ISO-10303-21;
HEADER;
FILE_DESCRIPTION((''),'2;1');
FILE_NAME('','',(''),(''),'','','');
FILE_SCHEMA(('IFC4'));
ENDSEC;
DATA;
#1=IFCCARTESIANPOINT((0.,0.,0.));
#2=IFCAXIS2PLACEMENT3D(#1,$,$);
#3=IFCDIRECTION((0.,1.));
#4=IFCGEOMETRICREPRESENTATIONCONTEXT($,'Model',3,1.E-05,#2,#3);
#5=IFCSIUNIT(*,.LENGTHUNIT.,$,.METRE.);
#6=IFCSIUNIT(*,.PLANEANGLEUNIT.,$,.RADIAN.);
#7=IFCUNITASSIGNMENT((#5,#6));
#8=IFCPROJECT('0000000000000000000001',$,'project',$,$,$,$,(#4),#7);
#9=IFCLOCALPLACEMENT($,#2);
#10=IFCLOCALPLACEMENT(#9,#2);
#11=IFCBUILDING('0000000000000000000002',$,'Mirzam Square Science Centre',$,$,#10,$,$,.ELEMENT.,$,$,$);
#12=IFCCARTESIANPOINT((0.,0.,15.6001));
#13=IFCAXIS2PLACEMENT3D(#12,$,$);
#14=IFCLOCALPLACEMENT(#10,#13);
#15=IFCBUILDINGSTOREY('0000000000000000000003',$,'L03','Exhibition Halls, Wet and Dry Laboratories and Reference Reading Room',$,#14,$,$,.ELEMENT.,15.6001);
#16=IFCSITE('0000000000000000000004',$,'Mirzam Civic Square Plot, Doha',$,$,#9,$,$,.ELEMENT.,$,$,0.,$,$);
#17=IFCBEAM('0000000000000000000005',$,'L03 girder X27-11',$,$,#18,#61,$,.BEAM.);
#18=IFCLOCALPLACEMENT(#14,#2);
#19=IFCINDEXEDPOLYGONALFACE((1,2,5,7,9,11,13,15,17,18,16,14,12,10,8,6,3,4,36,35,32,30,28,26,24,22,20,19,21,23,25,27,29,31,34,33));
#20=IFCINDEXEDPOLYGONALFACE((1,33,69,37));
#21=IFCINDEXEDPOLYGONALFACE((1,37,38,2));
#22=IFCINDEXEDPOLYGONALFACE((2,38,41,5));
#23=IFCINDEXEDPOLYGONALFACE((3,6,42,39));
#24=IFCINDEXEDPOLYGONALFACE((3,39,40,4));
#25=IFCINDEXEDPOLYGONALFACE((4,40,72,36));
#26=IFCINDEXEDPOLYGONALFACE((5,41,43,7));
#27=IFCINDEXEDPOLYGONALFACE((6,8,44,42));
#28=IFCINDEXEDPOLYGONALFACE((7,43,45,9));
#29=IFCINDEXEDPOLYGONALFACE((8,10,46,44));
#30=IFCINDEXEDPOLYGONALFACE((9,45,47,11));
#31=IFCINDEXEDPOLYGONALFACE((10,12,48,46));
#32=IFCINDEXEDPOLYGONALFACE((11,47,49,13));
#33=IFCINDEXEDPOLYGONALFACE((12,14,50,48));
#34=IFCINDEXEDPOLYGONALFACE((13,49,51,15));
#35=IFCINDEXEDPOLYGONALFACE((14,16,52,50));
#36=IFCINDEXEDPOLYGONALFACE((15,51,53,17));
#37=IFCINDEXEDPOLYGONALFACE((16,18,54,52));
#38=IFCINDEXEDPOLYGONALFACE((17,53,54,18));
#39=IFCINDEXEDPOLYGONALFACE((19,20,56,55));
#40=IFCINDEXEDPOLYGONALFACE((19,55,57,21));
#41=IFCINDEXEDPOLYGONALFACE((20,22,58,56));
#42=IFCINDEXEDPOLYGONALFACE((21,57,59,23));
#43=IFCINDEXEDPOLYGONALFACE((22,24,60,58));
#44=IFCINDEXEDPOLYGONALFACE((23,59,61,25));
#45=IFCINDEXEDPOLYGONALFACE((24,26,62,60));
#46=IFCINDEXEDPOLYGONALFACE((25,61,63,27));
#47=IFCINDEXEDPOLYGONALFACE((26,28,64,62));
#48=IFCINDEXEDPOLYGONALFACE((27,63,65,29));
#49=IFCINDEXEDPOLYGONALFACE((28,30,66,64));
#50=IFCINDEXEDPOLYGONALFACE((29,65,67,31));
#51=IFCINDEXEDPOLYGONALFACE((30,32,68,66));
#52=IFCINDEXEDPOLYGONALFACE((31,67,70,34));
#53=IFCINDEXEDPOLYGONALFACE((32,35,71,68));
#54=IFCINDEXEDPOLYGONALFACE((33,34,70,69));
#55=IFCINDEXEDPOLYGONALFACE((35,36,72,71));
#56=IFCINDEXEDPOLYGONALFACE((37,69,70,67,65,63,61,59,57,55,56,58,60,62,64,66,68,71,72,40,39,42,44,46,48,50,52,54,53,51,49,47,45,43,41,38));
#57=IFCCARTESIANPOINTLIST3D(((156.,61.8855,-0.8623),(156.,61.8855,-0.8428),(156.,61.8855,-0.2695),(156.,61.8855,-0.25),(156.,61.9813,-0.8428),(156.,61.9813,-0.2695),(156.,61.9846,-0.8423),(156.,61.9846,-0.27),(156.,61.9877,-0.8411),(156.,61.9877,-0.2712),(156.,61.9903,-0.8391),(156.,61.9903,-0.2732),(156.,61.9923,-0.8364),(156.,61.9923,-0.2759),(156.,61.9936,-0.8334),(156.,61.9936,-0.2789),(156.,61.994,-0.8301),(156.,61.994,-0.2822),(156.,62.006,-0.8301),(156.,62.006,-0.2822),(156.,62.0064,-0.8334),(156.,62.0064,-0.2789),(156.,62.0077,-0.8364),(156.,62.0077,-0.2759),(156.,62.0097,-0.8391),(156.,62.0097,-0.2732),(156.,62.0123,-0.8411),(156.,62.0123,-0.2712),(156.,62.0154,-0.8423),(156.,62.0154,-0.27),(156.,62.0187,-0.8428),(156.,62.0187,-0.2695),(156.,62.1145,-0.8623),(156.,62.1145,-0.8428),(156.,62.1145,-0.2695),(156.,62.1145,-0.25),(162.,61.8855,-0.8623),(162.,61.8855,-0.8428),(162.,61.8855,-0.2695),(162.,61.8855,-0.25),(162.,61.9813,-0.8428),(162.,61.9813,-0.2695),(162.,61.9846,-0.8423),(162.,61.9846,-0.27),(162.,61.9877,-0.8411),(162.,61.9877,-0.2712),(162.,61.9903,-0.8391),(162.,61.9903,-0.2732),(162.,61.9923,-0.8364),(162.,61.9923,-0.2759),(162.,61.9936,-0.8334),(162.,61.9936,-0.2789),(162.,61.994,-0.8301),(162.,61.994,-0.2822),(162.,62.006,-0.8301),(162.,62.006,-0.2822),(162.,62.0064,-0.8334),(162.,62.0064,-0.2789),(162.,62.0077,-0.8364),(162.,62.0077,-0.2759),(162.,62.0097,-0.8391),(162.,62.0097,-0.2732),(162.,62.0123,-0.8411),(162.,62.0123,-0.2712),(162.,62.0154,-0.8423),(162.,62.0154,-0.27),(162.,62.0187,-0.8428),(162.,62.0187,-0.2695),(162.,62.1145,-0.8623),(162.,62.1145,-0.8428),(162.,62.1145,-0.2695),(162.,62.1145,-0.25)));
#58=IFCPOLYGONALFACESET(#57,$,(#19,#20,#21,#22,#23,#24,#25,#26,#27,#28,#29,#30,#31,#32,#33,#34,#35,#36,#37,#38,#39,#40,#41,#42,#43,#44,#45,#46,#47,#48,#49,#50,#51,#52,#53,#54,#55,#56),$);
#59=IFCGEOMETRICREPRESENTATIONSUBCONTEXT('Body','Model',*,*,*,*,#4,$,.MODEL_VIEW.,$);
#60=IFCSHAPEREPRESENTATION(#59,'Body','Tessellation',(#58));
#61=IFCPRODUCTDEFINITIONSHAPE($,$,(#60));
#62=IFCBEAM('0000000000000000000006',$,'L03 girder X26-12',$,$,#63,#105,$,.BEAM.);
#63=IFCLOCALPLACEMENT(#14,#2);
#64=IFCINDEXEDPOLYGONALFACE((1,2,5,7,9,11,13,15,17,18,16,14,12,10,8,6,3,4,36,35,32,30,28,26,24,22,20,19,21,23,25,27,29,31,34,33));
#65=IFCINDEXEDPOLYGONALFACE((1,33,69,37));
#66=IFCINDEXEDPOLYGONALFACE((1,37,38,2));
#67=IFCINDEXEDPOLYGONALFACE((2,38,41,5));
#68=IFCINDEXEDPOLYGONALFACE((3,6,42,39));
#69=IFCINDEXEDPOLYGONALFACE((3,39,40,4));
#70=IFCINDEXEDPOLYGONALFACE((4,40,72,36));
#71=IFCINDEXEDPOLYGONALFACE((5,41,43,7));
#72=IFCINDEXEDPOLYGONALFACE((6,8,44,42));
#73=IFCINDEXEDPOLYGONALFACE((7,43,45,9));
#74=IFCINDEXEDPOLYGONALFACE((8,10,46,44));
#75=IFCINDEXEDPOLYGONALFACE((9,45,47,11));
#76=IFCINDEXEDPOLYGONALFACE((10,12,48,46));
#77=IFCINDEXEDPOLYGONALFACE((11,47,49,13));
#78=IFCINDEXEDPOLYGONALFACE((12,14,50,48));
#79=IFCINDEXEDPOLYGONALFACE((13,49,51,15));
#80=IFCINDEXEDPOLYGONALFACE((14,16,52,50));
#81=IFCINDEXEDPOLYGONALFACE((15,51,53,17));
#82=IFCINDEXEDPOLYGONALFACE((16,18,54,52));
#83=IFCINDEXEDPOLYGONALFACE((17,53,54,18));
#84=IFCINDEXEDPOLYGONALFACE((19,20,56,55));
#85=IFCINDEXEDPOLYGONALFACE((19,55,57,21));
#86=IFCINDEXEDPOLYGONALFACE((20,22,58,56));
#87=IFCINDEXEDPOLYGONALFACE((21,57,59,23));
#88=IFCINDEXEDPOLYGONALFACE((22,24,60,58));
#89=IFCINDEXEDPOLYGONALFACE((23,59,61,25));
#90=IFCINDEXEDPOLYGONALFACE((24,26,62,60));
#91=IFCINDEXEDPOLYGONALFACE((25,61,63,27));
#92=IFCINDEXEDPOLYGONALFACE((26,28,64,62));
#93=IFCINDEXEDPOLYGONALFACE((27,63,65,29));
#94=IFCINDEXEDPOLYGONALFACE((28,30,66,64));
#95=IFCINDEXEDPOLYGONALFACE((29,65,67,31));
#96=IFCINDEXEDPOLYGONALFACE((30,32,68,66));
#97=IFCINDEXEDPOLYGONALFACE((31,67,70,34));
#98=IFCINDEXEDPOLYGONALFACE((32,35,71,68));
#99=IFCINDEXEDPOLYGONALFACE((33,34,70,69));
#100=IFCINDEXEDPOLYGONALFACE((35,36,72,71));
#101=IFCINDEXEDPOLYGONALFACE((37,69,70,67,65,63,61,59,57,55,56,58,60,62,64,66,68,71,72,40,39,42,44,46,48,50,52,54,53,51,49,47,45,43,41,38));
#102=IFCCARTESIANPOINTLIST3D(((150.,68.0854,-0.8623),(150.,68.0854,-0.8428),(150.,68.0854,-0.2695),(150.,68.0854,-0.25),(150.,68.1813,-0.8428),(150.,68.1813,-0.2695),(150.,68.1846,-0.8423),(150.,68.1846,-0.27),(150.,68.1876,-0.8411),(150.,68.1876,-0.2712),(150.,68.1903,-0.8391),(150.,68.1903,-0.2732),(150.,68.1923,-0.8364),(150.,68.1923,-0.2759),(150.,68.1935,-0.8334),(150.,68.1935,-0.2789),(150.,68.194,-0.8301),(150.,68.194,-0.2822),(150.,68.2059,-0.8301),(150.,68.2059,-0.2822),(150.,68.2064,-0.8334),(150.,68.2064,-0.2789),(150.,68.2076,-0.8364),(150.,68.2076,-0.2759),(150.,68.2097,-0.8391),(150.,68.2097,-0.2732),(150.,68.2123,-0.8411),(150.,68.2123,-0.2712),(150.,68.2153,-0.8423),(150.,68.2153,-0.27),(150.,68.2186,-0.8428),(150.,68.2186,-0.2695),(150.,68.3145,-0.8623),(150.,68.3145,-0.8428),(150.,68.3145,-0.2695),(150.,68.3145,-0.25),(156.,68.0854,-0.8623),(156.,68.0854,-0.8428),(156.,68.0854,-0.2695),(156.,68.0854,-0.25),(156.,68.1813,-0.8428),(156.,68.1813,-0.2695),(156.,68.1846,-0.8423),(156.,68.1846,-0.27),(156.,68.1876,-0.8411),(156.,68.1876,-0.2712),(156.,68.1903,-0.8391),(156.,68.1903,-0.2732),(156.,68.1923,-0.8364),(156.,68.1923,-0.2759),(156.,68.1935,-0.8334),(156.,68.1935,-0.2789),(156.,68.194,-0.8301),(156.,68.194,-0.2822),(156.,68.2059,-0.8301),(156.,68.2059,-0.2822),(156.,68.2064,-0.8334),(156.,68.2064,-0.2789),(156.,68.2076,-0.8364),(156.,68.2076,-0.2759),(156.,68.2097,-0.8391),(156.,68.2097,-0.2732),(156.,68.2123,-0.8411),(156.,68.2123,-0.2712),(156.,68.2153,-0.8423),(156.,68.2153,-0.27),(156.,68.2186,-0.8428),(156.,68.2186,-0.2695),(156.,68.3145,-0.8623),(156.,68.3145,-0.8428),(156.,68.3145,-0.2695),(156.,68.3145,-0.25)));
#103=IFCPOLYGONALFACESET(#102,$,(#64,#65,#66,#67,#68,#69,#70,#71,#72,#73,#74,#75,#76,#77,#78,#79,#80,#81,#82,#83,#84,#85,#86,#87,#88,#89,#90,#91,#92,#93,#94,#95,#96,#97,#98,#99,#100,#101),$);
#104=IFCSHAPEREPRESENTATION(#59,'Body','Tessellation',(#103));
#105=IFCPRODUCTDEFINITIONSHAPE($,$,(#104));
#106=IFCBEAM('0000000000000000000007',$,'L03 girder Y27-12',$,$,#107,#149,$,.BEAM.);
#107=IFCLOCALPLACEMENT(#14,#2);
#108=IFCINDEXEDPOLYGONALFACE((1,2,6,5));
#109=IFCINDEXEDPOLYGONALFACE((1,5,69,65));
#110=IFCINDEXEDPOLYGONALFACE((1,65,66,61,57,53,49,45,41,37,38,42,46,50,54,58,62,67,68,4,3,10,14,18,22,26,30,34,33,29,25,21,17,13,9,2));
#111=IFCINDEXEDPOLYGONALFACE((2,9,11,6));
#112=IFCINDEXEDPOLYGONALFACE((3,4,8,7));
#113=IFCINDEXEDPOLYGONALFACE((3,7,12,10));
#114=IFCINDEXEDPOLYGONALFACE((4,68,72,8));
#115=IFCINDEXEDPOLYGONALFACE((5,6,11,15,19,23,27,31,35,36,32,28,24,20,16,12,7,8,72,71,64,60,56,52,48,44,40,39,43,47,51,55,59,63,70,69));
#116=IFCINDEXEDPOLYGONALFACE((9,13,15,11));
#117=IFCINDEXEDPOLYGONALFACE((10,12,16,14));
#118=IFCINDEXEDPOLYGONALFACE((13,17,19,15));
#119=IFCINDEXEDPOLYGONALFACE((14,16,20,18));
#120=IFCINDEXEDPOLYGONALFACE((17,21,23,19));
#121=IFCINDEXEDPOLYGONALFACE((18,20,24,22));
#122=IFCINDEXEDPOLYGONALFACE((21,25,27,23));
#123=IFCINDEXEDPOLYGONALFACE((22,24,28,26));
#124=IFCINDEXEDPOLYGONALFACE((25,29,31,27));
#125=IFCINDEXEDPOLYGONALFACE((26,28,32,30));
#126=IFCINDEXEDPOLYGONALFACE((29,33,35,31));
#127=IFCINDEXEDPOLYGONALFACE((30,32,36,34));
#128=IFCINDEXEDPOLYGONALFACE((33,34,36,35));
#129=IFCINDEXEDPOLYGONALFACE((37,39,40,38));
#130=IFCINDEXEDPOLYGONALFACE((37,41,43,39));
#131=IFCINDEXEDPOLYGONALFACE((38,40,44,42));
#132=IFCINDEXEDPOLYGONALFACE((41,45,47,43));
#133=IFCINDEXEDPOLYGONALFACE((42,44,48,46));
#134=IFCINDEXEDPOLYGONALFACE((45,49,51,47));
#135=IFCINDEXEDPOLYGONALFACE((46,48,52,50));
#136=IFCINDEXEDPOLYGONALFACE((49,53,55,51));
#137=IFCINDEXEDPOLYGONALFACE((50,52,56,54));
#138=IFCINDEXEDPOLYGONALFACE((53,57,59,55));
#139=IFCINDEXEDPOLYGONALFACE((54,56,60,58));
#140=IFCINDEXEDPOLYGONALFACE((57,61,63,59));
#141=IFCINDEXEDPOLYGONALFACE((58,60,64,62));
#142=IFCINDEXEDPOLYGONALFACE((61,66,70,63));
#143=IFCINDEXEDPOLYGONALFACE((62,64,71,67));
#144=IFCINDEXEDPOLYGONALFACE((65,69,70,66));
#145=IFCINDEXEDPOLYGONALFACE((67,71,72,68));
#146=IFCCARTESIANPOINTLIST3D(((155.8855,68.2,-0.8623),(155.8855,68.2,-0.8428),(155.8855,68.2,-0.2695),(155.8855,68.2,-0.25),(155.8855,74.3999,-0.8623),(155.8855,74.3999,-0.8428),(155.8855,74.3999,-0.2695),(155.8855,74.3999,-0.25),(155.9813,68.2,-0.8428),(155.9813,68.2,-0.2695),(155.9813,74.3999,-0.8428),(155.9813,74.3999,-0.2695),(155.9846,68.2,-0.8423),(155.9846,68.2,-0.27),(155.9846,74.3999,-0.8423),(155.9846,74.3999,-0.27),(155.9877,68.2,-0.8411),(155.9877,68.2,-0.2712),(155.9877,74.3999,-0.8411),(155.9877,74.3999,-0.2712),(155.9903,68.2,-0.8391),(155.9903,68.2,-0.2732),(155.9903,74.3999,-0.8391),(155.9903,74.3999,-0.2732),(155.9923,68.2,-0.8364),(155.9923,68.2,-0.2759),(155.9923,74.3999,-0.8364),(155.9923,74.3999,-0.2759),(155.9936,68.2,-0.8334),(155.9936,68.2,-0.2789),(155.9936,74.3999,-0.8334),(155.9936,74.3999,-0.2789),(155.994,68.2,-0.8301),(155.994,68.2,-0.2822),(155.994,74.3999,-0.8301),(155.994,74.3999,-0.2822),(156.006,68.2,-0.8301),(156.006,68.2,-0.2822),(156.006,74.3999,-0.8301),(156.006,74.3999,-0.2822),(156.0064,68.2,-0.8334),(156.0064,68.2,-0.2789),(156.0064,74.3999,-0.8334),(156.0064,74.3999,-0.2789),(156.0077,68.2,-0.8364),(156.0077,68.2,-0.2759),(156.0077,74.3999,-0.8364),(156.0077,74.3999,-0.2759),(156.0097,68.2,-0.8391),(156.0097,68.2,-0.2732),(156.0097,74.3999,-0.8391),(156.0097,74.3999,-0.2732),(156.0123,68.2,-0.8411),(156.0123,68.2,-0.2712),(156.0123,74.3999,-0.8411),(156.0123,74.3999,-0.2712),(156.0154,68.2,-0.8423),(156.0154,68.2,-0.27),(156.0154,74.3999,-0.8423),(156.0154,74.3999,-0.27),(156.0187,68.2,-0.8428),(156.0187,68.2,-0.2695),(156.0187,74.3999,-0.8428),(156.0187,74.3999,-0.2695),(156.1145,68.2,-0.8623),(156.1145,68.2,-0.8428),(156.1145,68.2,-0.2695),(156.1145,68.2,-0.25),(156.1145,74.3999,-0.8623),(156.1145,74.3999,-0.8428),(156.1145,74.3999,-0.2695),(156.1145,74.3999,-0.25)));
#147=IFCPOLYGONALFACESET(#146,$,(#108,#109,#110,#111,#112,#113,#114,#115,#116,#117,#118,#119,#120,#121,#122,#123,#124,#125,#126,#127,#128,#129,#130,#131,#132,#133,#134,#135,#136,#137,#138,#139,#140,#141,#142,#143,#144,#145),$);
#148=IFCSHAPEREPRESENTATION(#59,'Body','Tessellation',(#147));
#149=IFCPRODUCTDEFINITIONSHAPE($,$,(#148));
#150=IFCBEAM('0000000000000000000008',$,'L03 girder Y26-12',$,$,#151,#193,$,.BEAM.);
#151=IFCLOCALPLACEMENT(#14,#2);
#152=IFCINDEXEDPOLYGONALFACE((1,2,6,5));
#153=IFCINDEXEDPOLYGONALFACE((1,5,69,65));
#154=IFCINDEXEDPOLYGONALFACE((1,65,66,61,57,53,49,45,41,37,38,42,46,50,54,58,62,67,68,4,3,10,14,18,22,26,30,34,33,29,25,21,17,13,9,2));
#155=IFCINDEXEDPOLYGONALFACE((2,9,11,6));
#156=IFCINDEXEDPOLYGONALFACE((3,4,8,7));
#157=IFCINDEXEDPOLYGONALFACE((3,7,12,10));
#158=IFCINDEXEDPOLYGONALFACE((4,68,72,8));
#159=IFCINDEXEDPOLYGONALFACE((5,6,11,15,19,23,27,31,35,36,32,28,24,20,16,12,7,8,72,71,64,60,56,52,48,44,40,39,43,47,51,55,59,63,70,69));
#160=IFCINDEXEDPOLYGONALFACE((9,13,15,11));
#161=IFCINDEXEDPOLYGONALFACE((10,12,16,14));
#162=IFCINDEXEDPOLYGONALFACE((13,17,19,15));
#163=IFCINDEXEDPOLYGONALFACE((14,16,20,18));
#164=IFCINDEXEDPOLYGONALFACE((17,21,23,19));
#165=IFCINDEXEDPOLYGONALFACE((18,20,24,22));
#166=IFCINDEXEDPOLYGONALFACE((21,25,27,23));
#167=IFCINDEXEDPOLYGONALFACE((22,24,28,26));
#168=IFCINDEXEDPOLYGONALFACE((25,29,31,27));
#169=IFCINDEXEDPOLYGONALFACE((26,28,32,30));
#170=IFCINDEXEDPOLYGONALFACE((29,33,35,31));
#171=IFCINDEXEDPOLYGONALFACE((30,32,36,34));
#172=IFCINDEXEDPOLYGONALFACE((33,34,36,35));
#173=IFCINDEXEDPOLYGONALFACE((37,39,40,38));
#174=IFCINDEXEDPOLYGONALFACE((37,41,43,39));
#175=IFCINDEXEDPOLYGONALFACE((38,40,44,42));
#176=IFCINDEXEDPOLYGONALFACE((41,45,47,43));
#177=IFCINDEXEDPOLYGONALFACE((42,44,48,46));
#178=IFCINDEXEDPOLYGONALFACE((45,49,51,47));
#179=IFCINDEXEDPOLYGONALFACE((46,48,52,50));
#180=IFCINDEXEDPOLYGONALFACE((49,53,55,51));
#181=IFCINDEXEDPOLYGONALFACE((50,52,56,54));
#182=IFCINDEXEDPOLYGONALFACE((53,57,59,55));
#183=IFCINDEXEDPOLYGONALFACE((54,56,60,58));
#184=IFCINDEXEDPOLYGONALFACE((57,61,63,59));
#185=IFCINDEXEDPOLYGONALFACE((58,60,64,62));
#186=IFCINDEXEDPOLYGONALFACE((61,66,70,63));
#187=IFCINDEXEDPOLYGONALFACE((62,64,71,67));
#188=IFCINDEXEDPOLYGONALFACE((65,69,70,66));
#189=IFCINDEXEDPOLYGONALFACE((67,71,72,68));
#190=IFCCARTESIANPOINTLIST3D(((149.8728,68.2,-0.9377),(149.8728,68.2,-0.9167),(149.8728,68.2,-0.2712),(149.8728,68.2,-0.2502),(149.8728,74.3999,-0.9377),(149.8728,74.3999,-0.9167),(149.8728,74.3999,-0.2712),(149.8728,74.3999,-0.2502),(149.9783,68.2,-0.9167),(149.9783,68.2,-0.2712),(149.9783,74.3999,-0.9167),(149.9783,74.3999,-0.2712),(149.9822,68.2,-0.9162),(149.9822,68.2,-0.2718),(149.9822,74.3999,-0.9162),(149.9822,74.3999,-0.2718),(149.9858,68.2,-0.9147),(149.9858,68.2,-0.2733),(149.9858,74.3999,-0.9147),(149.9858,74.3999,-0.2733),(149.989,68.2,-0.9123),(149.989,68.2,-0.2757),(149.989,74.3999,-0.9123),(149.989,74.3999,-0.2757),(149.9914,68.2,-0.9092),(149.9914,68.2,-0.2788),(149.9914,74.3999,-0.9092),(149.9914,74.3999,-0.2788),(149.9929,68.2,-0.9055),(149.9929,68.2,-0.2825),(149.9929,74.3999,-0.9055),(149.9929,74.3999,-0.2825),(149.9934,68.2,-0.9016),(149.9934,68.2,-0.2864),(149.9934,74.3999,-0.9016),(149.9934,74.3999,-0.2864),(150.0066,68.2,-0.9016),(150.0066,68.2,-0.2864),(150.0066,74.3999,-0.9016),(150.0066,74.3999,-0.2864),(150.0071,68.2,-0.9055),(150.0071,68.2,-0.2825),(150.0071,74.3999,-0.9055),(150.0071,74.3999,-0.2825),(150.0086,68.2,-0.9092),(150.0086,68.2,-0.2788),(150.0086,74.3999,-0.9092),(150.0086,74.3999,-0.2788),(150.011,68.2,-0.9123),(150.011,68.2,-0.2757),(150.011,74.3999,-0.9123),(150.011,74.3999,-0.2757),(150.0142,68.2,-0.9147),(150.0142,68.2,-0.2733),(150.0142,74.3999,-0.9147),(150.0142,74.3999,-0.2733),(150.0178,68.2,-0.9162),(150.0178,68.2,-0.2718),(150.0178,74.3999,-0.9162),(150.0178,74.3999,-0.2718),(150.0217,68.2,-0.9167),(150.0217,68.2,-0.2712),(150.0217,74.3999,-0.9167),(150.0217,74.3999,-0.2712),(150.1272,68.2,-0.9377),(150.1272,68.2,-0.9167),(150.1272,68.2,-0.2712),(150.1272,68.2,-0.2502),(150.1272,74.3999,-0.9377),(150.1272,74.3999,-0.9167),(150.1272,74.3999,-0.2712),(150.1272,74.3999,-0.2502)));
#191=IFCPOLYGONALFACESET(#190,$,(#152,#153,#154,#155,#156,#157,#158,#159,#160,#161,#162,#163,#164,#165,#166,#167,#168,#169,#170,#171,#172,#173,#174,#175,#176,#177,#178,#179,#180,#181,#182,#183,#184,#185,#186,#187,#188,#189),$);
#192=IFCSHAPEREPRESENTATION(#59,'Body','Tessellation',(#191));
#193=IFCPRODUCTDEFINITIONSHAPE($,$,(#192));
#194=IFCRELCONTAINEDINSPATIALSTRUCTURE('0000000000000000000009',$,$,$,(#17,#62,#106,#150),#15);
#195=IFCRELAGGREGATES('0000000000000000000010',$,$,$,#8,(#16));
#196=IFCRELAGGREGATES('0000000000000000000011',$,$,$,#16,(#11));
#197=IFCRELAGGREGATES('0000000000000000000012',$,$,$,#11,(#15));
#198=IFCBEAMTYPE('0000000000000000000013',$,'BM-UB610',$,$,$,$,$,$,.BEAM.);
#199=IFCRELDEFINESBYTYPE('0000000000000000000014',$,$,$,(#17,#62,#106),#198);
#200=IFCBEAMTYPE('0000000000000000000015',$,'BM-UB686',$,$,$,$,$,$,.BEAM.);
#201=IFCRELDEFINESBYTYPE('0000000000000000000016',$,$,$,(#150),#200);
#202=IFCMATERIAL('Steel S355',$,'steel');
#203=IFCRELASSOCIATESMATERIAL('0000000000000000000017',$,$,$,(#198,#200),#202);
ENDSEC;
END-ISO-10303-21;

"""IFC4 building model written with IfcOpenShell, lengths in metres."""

from ifc_helpers import new_model, si_unit, direction, frame, origin, origin_2d, place, context, subcontext, project, spatial, i_section, extrude, material, material_profile, profile_set, type_object, element, save


model = new_model("IFC4")

# Units and contexts
model_context = context("Model", 3, precision=1e-05, world=origin(), true_north=direction((0.0, 1.0)))
body_context = subcontext(model_context, "Body", "Model", "MODEL_VIEW")
ifc_project = project(units=[si_unit("LENGTHUNIT", "METRE"), si_unit("PLANEANGLEUNIT", "RADIAN")], contexts=[model_context])

# Site, building, storey
site_placement = place(None, origin())
site = spatial("IfcSite", under=ifc_project, at=site_placement, Name="Mirzam Civic Square Plot, Doha", CompositionType="ELEMENT", RefElevation=0.0)
building_placement = place(site_placement, origin())
building = spatial("IfcBuilding", under=site, at=building_placement, Name="Mirzam Square Science Centre", CompositionType="ELEMENT")
storey_placement = place(building_placement, frame((0.0, 0.0, 15.6001)))
storey = spatial("IfcBuildingStorey", under=building, at=storey_placement, Name="L03", Description="Exhibition Halls, Wet and Dry Laboratories and Reference Reading Room", CompositionType="ELEMENT", Elevation=15.6001)

# Shared definitions
ifc_material_1 = material(Name="Steel S355", Category="steel")

# Beams
ifc_material_profile_1 = material_profile(ifc_material_1, i_section(OverallWidth=0.229, OverallDepth=0.6123, WebThickness=0.012, FlangeThickness=0.0195, FilletRadius=0.0127, at=origin_2d()), Name="610x229x125UB")
ifc_profile_set_1 = profile_set([ifc_material_profile_1], Name="Steel S355")
beam_type_1 = type_object("IfcBeamType", Name="BM-UB610", PredefinedType="BEAM", material=ifc_profile_set_1)
for number, where, z_axis, x_axis, name in (
    (1, (156.0, 62.0, -0.5562), (1.0, 0.0, 0.0), (0.0, 1.0, 0.0), "L03 girder X27-11"),
    (2, (150.0, 68.2, -0.5562), (1.0, 0.0, 0.0), (0.0, 1.0, 0.0), "L03 girder X26-12"),
):
    element("IfcBeam", number, at=place(storey_placement, frame(where, z_axis=z_axis, x_axis=x_axis)), inside=storey, type_object=beam_type_1, Name=name, PredefinedType="BEAM", context=body_context, shape_type="SweptSolid", body=[
        extrude(i_section(OverallWidth=0.229, OverallDepth=0.6123, WebThickness=0.012, FlangeThickness=0.0195, FilletRadius=0.0127, at=origin_2d()), origin(), (0.0, 0.0, 1.0), 6.0),
    ])
beam_1_placement = place(storey_placement, frame((156.0, 68.2, -0.5562), z_axis=(0.0, 1.0, 0.0), x_axis=(-1.0, 0.0, 0.0)))
element("IfcBeam", 3, at=beam_1_placement, inside=storey, type_object=beam_type_1, Name="L03 girder Y27-12", PredefinedType="BEAM", context=body_context, shape_type="SweptSolid", body=[
    extrude(i_section(OverallWidth=0.229, OverallDepth=0.6123, WebThickness=0.012, FlangeThickness=0.0195, FilletRadius=0.0127, at=origin_2d()), origin(), (0.0, 0.0, 1.0), 6.2),
])
ifc_material_profile_2 = material_profile(ifc_material_1, i_section(OverallWidth=0.2544, OverallDepth=0.6875, WebThickness=0.0132, FlangeThickness=0.021, FilletRadius=0.0151, at=origin_2d()), Name="686x254x152UB")
ifc_profile_set_2 = profile_set([ifc_material_profile_2], Name="Steel S355")
beam_type_2 = type_object("IfcBeamType", Name="BM-UB686", PredefinedType="BEAM", material=ifc_profile_set_2)
for number, where, z_axis, x_axis, name in (
    (4, (150.0, 68.2, -0.594), (0.0, 1.0, 0.0), (-1.0, 0.0, 0.0), "L03 girder Y26-12"),
):
    element("IfcBeam", number, at=place(storey_placement, frame(where, z_axis=z_axis, x_axis=x_axis)), inside=storey, type_object=beam_type_2, Name=name, PredefinedType="BEAM", context=body_context, shape_type="SweptSolid", body=[
        extrude(i_section(OverallWidth=0.2544, OverallDepth=0.6875, WebThickness=0.0132, FlangeThickness=0.021, FilletRadius=0.0151, at=origin_2d()), origin(), (0.0, 0.0, 1.0), 6.2),
    ])

save(model, "model.ifc")
